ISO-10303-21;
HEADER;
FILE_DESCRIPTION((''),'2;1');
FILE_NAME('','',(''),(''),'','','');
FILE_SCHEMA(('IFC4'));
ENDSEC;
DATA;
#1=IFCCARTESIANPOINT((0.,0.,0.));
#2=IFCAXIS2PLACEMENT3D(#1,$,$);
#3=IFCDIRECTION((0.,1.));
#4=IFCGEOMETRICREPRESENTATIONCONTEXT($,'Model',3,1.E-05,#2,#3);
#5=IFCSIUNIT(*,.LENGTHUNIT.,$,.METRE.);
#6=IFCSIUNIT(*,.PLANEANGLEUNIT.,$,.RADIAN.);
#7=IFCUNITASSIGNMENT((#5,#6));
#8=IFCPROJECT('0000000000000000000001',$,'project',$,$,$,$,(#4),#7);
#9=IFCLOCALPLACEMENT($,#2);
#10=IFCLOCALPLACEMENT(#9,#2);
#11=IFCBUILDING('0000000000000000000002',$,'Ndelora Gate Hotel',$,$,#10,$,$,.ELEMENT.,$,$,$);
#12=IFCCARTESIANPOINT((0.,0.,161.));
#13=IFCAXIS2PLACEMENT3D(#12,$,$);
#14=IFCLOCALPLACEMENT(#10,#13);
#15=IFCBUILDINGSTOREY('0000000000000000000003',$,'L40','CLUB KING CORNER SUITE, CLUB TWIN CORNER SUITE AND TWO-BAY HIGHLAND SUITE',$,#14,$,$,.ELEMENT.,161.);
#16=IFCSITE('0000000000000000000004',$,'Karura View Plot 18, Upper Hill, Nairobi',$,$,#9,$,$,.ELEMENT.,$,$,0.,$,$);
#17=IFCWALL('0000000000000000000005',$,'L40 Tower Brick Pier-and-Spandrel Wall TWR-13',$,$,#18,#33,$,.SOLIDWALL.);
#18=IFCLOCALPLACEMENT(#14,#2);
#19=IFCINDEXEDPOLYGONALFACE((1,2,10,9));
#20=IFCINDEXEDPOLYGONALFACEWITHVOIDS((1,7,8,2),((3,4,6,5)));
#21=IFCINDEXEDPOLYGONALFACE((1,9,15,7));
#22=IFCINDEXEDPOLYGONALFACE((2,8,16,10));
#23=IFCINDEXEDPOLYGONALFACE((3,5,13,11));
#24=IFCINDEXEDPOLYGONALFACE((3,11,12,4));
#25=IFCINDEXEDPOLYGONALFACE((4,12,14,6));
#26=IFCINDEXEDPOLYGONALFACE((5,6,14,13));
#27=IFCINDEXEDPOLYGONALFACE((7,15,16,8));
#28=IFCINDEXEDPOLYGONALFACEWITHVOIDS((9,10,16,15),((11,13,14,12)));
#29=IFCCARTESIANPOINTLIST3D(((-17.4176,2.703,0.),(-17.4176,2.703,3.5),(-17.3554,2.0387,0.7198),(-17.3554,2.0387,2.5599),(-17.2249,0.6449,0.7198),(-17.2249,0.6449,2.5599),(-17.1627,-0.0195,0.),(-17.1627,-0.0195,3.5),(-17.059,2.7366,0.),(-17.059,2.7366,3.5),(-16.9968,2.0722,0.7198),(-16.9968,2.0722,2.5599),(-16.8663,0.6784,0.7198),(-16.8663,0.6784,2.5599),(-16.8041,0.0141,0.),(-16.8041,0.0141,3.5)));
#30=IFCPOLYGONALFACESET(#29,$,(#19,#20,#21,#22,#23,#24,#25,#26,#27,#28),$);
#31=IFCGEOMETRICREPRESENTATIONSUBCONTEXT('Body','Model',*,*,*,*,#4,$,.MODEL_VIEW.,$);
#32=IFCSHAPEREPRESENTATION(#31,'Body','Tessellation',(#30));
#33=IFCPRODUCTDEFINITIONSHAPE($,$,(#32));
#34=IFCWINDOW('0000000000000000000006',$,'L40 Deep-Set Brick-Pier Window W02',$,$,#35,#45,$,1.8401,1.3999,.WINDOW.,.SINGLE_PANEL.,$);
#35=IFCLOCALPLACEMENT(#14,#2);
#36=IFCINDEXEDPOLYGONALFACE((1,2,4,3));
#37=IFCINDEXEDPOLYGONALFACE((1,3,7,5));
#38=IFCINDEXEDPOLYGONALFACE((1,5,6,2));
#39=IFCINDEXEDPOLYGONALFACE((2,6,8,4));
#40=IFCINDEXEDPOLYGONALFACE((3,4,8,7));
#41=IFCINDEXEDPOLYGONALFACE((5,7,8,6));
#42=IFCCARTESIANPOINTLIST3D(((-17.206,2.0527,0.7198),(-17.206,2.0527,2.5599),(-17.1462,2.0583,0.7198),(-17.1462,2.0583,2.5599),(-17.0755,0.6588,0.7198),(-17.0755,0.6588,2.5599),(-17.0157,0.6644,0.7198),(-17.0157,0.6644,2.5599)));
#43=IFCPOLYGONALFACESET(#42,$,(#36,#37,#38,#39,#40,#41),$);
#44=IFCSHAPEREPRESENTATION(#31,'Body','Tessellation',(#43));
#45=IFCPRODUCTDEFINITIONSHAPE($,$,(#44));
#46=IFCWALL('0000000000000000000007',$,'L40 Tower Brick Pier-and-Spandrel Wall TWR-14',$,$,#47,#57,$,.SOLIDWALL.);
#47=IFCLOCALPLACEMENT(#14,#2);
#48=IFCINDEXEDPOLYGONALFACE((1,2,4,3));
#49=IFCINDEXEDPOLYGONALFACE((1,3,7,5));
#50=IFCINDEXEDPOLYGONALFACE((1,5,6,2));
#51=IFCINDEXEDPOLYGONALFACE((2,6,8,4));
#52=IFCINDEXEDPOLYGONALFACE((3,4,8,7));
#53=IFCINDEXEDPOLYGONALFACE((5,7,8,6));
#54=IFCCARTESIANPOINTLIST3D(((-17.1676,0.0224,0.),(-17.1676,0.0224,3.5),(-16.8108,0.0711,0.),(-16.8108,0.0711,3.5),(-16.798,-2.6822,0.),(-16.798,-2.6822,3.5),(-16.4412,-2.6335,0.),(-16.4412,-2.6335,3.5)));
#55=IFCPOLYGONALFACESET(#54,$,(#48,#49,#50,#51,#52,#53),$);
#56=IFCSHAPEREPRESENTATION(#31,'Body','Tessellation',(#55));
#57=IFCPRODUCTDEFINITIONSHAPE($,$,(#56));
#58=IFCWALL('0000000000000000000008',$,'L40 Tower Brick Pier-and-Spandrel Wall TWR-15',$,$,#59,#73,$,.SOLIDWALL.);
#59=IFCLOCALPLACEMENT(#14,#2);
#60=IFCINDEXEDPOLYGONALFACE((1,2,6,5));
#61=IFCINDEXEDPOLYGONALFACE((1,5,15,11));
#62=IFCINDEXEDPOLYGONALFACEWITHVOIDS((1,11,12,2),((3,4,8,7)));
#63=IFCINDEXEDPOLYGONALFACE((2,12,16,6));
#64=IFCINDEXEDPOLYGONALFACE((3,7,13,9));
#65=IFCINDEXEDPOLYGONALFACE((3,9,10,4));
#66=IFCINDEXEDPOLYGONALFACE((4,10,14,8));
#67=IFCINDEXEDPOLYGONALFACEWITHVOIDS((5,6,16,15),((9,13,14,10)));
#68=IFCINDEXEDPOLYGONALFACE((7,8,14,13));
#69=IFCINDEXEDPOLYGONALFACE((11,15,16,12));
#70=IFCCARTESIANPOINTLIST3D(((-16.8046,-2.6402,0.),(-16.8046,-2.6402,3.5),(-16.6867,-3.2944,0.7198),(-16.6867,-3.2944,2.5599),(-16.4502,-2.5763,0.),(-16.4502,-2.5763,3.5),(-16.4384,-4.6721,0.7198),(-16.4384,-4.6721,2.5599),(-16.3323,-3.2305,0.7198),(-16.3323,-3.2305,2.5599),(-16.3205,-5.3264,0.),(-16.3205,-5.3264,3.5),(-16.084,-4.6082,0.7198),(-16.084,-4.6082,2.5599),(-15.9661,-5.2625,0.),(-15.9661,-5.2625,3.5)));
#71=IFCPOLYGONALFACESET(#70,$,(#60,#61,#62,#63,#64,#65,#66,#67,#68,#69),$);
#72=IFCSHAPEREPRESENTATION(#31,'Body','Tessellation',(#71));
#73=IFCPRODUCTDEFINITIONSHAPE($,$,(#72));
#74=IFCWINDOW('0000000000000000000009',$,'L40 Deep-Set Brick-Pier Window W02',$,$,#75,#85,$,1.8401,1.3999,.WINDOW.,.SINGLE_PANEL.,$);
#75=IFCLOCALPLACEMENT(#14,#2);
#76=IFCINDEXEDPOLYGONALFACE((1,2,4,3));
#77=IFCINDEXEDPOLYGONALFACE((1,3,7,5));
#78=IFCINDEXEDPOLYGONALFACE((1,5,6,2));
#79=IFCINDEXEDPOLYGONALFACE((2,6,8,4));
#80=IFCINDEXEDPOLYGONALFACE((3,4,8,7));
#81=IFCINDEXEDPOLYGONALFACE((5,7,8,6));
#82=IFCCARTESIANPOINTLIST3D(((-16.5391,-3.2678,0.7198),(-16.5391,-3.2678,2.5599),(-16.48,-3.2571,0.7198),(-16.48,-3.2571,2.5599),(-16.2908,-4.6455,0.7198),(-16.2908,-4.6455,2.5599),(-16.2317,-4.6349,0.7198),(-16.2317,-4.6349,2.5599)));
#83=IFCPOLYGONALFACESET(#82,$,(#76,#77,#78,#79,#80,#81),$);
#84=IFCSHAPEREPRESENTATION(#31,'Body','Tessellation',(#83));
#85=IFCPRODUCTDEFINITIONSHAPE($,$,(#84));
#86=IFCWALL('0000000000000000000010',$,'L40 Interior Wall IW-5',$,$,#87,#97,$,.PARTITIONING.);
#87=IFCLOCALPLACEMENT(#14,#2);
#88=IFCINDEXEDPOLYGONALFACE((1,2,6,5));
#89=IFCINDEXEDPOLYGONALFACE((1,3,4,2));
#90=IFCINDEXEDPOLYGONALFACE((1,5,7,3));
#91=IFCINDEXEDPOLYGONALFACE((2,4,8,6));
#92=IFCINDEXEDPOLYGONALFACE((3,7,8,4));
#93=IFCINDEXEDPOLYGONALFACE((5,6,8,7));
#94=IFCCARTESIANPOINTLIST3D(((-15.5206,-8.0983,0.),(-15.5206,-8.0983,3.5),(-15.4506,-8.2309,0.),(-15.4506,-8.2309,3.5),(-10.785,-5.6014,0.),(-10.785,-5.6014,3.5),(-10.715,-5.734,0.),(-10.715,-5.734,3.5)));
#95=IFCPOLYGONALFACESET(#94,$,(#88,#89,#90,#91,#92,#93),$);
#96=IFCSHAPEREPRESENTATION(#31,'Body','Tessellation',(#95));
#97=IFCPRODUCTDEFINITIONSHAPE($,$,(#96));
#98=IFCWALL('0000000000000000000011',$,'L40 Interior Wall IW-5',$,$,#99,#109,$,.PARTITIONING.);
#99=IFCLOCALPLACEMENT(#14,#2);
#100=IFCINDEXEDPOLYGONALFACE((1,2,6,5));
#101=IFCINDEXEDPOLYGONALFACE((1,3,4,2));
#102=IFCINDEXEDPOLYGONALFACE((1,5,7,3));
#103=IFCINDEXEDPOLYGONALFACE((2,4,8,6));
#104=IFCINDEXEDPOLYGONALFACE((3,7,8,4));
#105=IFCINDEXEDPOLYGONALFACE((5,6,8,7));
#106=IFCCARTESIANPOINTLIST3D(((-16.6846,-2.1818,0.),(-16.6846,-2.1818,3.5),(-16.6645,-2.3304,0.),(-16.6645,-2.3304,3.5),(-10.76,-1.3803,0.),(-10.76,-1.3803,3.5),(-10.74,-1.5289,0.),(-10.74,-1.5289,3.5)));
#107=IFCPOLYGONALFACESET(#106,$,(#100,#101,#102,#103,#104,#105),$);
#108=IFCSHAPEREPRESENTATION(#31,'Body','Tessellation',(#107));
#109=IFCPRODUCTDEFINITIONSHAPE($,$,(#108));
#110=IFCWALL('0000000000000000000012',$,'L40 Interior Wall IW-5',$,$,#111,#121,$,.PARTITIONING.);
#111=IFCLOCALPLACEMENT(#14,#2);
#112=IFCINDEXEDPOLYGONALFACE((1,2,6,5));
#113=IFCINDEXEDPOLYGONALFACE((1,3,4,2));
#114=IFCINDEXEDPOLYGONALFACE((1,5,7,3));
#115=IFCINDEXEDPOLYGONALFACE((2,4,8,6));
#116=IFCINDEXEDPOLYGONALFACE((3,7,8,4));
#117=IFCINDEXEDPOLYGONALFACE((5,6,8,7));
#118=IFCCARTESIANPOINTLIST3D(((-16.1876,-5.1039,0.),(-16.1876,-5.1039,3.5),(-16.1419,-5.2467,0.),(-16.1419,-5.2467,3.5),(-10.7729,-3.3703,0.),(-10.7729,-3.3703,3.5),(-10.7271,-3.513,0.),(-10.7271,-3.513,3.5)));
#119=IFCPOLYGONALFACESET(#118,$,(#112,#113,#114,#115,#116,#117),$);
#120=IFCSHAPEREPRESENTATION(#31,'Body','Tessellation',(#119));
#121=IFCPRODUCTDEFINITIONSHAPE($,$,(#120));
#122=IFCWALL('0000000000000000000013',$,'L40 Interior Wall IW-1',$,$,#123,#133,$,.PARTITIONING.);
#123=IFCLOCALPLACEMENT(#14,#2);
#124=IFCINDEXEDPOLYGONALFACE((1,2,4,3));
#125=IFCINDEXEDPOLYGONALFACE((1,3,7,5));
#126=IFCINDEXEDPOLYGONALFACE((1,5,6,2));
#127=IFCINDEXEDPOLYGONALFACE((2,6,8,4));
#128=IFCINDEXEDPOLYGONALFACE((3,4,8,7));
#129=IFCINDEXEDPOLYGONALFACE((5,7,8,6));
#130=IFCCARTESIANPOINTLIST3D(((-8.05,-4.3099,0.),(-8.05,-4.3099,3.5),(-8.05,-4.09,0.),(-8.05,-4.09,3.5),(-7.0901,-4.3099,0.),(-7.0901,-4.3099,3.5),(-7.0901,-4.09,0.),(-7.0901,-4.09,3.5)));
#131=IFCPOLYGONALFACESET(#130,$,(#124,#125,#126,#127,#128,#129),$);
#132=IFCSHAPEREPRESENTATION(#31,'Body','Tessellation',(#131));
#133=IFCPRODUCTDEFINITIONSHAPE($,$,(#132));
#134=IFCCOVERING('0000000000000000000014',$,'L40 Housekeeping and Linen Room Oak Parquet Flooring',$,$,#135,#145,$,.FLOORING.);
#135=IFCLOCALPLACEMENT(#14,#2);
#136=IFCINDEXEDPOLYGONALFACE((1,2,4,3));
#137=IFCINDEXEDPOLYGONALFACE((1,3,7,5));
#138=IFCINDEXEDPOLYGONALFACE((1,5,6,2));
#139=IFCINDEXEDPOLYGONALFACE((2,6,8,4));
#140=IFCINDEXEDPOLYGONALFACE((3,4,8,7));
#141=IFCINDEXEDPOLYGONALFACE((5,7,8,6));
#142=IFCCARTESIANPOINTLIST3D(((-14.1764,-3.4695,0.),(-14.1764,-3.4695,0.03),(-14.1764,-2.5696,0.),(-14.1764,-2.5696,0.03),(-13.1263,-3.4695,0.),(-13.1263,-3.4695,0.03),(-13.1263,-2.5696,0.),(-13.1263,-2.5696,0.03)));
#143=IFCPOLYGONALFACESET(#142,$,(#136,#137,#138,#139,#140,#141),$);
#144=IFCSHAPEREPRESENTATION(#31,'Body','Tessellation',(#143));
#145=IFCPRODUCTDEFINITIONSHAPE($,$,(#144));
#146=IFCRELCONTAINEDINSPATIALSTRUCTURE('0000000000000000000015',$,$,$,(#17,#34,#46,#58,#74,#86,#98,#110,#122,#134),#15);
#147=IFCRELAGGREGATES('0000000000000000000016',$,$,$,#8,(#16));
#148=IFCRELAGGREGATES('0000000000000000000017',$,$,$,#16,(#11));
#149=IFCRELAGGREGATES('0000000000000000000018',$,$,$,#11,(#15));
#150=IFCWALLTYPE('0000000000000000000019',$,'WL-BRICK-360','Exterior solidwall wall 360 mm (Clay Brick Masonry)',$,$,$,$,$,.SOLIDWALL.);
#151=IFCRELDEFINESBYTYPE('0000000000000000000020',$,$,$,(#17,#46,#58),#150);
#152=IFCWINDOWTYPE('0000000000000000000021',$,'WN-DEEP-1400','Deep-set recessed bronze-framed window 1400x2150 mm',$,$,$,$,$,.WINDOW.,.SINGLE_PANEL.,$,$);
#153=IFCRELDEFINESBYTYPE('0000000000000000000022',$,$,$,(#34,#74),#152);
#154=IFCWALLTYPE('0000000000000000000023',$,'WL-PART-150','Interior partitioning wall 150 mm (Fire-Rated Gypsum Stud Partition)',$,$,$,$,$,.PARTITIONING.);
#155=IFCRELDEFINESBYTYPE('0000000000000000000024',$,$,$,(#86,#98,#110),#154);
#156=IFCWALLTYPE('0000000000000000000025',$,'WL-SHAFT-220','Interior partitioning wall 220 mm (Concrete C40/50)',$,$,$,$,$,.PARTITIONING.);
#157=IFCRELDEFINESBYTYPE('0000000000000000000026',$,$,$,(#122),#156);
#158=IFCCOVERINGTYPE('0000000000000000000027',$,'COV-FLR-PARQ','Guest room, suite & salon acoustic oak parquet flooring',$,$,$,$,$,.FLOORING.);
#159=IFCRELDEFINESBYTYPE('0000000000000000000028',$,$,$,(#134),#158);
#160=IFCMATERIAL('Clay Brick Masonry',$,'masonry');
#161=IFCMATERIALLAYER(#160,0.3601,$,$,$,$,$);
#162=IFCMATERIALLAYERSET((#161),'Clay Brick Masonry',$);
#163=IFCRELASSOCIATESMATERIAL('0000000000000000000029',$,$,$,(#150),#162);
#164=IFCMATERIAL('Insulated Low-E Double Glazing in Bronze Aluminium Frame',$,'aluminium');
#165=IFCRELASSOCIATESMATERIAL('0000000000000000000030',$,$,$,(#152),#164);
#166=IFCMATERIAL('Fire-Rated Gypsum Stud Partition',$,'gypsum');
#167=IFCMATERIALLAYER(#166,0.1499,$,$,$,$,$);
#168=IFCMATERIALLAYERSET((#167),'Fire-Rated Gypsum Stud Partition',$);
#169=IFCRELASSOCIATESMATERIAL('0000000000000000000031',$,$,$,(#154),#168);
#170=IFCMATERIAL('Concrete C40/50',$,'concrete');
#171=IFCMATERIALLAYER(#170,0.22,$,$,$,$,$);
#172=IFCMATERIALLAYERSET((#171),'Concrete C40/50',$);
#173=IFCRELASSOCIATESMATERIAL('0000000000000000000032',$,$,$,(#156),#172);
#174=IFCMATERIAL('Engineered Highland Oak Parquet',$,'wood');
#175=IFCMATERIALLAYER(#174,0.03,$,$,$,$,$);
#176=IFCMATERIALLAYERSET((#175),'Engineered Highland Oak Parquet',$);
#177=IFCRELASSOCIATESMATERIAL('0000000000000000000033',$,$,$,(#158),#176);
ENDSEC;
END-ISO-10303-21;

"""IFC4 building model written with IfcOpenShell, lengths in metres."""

from ifc_helpers import new_model, si_unit, direction, frame, frame_2d, origin, origin_2d, place, context, subcontext, project, spatial, rectangle, extrude, material, layer, layer_set, type_object, element, fill, save


model = new_model("IFC4")

# Units and contexts
model_context = context("Model", 3, precision=1e-05, world=origin(), true_north=direction((0.0, 1.0)))
body_context = subcontext(model_context, "Body", "Model", "MODEL_VIEW")
ifc_project = project(units=[si_unit("LENGTHUNIT", "METRE"), si_unit("PLANEANGLEUNIT", "RADIAN")], contexts=[model_context])

# Site, building, storey
site_placement = place(None, origin())
site = spatial("IfcSite", under=ifc_project, at=site_placement, Name="Karura View Plot 18, Upper Hill, Nairobi", CompositionType="ELEMENT", RefElevation=0.0)
building_placement = place(site_placement, origin())
building = spatial("IfcBuilding", under=site, at=building_placement, Name="Ndelora Gate Hotel", CompositionType="ELEMENT")
storey_placement = place(building_placement, frame((0.0, 0.0, 161.0)))
storey = spatial("IfcBuildingStorey", under=building, at=storey_placement, Name="L40", Description="CLUB KING CORNER SUITE, CLUB TWIN CORNER SUITE AND TWO-BAY HIGHLAND SUITE", CompositionType="ELEMENT", Elevation=161.0)

# Wall, opening, window
ifc_material_1 = material(Name="Clay Brick Masonry", Category="masonry")
ifc_layer_1 = layer(ifc_material_1, 0.3601)
ifc_layer_set_1 = layer_set([ifc_layer_1], Name="Clay Brick Masonry")
wall_type_1 = type_object("IfcWallType", Name="WL-BRICK-360", Description="Exterior solidwall wall 360 mm (Clay Brick Masonry)", PredefinedType="SOLIDWALL", material=ifc_layer_set_1)
wall_1_placement = place(storey_placement, frame((-16.9834, -0.0027, 0.0), z_axis=(0.0, 0.0, 1.0), x_axis=(-0.093216, 0.995646, 0.0)))
wall_1 = element("IfcWall", 1, at=wall_1_placement, inside=storey, type_object=wall_type_1, Name="L40 Tower Brick Pier-and-Spandrel Wall TWR-13", PredefinedType="SOLIDWALL", context=body_context, shape_type="SweptSolid", body=[
    extrude(rectangle(XDim=2.7344, YDim=0.3601, at=frame_2d((1.3672, 0.0))), origin(), (0.0, 0.0, 1.0), 3.5),
])
opening_1_placement = place(wall_1_placement, frame((0.6672, 0.0, 0.72)))
opening_1 = element("IfcOpeningElement", 2, at=opening_1_placement, cuts=wall_1, PredefinedType="OPENING", context=body_context, shape_type="SweptSolid", body=[
    extrude(rectangle(XDim=1.3999, YDim=1.8401, at=frame_2d((0.7, 0.9199))), frame((0.0, 0.1899, 0.0), z_axis=(0.0, -1.0, 0.0), x_axis=(1.0, 0.0, 0.0)), (0.0, 0.0, 1.0), 0.3801),
])
ifc_material_2 = material(Name="Insulated Low-E Double Glazing in Bronze Aluminium Frame", Category="aluminium")
window_type = type_object("IfcWindowType", Name="WN-DEEP-1400", Description="Deep-set recessed bronze-framed window 1400x2150 mm", PartitioningType="SINGLE_PANEL", PredefinedType="WINDOW", material=ifc_material_2)
window_1_placement = place(opening_1_placement, origin())
window_1 = element("IfcWindow", 3, at=window_1_placement, inside=storey, type_object=window_type, Name="L40 Deep-Set Brick-Pier Window W02", OverallHeight=1.8401, OverallWidth=1.3999, PartitioningType="SINGLE_PANEL", PredefinedType="WINDOW", context=body_context, shape_type="SweptSolid", body=[
    extrude(rectangle(XDim=1.3999, YDim=1.8401, at=frame_2d((0.7, 0.9199))), frame((0.0, 0.03, 0.0), z_axis=(0.0, -1.0, 0.0), x_axis=(1.0, 0.0, 0.0)), (0.0, 0.0, 1.0), 0.0601),
])
fill(opening_1, window_1)

# Wall
wall_2_placement = place(storey_placement, frame((-16.6196, -2.6577, 0.0), z_axis=(0.0, 0.0, 1.0), x_axis=(-0.135409, 0.99079, 0.0)))
element("IfcWall", 4, at=wall_2_placement, inside=storey, type_object=wall_type_1, Name="L40 Tower Brick Pier-and-Spandrel Wall TWR-14", PredefinedType="SOLIDWALL", context=body_context, shape_type="SweptSolid", body=[
    extrude(rectangle(XDim=2.7297, YDim=0.3601, at=frame_2d((1.3647, 0.0))), origin(), (0.0, 0.0, 1.0), 3.5),
])

# Wall, opening, window
wall_3_placement = place(storey_placement, frame((-16.1433, -5.2944, 0.0), z_axis=(0.0, 0.0, 1.0), x_axis=(-0.177366, 0.984145, 0.0)))
wall_3 = element("IfcWall", 5, at=wall_3_placement, inside=storey, type_object=wall_type_1, Name="L40 Tower Brick Pier-and-Spandrel Wall TWR-15", PredefinedType="SOLIDWALL", context=body_context, shape_type="SweptSolid", body=[
    extrude(rectangle(XDim=2.7295, YDim=0.3601, at=frame_2d((1.3647, 0.0))), origin(), (0.0, 0.0, 1.0), 3.5),
])
opening_2_placement = place(wall_3_placement, frame((0.6648, 0.0, 0.72)))
opening_2 = element("IfcOpeningElement", 6, at=opening_2_placement, cuts=wall_3, PredefinedType="OPENING", context=body_context, shape_type="SweptSolid", body=[
    extrude(rectangle(XDim=1.3999, YDim=1.8401, at=frame_2d((0.7, 0.9199))), frame((0.0, 0.1899, 0.0), z_axis=(0.0, -1.0, 0.0), x_axis=(1.0, 0.0, 0.0)), (0.0, 0.0, 1.0), 0.3801),
])
window_2_placement = place(opening_2_placement, origin())
window_2 = element("IfcWindow", 7, at=window_2_placement, inside=storey, type_object=window_type, Name="L40 Deep-Set Brick-Pier Window W02", OverallHeight=1.8401, OverallWidth=1.3999, PartitioningType="SINGLE_PANEL", PredefinedType="WINDOW", context=body_context, shape_type="SweptSolid", body=[
    extrude(rectangle(XDim=1.3999, YDim=1.8401, at=frame_2d((0.7, 0.9199))), frame((0.0, 0.03, 0.0), z_axis=(0.0, -1.0, 0.0), x_axis=(1.0, 0.0, 0.0)), (0.0, 0.0, 1.0), 0.0601),
])
fill(opening_2, window_2)

# Shared definitions
ifc_material_3 = material(Name="Fire-Rated Gypsum Stud Partition", Category="gypsum")
ifc_layer_2 = layer(ifc_material_3, 0.1499)
ifc_layer_set_2 = layer_set([ifc_layer_2], Name="Fire-Rated Gypsum Stud Partition")
wall_type_2 = type_object("IfcWallType", Name="WL-PART-150", Description="Interior partitioning wall 150 mm (Fire-Rated Gypsum Stud Partition)", PredefinedType="PARTITIONING", material=ifc_layer_set_2)

# Walls
wall_4_placement = place(storey_placement, frame((-10.75, -5.6677, 0.0), z_axis=(0.0, 0.0, 1.0), x_axis=(-0.884579, -0.466391, 0.0)))
element("IfcWall", 8, at=wall_4_placement, inside=storey, type_object=wall_type_2, Name="L40 Interior Wall IW-5", PredefinedType="PARTITIONING", context=body_context, shape_type="SweptSolid", body=[
    extrude(rectangle(XDim=5.3535, YDim=0.1499, at=frame_2d((2.6768, 0.0))), origin(), (0.0, 0.0, 1.0), 3.5),
])
wall_5_placement = place(storey_placement, frame((-10.75, -1.4546, 0.0), z_axis=(0.0, 0.0, 1.0), x_axis=(-0.990972, -0.134065, 0.0)))
element("IfcWall", 9, at=wall_5_placement, inside=storey, type_object=wall_type_2, Name="L40 Interior Wall IW-5", PredefinedType="PARTITIONING", context=body_context, shape_type="SweptSolid", body=[
    extrude(rectangle(XDim=5.9785, YDim=0.1499, at=frame_2d((2.9893, 0.0))), origin(), (0.0, 0.0, 1.0), 3.5),
])
wall_6_placement = place(storey_placement, frame((-10.75, -3.4417, 0.0), z_axis=(0.0, 0.0, 1.0), x_axis=(-0.952378, -0.304921, 0.0)))
element("IfcWall", 10, at=wall_6_placement, inside=storey, type_object=wall_type_2, Name="L40 Interior Wall IW-5", PredefinedType="PARTITIONING", context=body_context, shape_type="SweptSolid", body=[
    extrude(rectangle(XDim=5.6855, YDim=0.1499, at=frame_2d((2.8428, 0.0))), origin(), (0.0, 0.0, 1.0), 3.5),
])
ifc_material_4 = material(Name="Concrete C40/50", Category="concrete")
ifc_layer_3 = layer(ifc_material_4, 0.22)
ifc_layer_set_3 = layer_set([ifc_layer_3], Name="Concrete C40/50")
wall_type_3 = type_object("IfcWallType", Name="WL-SHAFT-220", Description="Interior partitioning wall 220 mm (Concrete C40/50)", PredefinedType="PARTITIONING", material=ifc_layer_set_3)
wall_7_placement = place(storey_placement, frame((-8.05, -4.2, 0.0), z_axis=(0.0, 0.0, 1.0), x_axis=(1.0, 0.0, 0.0)))
element("IfcWall", 11, at=wall_7_placement, inside=storey, type_object=wall_type_3, Name="L40 Interior Wall IW-1", PredefinedType="PARTITIONING", context=body_context, shape_type="SweptSolid", body=[
    extrude(rectangle(XDim=0.96, YDim=0.22, at=frame_2d((0.48, 0.0))), origin(), (0.0, 0.0, 1.0), 3.5),
])

# Covering
ifc_material_5 = material(Name="Engineered Highland Oak Parquet", Category="wood")
ifc_layer_4 = layer(ifc_material_5, 0.03)
ifc_layer_set_4 = layer_set([ifc_layer_4], Name="Engineered Highland Oak Parquet")
covering_type = type_object("IfcCoveringType", Name="COV-FLR-PARQ", Description="Guest room, suite & salon acoustic oak parquet flooring", PredefinedType="FLOORING", material=ifc_layer_set_4)
covering_placement = place(storey_placement, frame((-13.6514, -3.0195, 0.0), z_axis=(0.0, 0.0, 1.0), x_axis=(1.0, 0.0, 0.0)))
element("IfcCovering", 12, at=covering_placement, inside=storey, type_object=covering_type, Name="L40 Housekeeping and Linen Room Oak Parquet Flooring", PredefinedType="FLOORING", context=body_context, shape_type="SweptSolid", body=[
    extrude(rectangle(XDim=1.05, YDim=0.8999, at=origin_2d()), origin(), (0.0, 0.0, 1.0), 0.03),
])

save(model, "model.ifc")
